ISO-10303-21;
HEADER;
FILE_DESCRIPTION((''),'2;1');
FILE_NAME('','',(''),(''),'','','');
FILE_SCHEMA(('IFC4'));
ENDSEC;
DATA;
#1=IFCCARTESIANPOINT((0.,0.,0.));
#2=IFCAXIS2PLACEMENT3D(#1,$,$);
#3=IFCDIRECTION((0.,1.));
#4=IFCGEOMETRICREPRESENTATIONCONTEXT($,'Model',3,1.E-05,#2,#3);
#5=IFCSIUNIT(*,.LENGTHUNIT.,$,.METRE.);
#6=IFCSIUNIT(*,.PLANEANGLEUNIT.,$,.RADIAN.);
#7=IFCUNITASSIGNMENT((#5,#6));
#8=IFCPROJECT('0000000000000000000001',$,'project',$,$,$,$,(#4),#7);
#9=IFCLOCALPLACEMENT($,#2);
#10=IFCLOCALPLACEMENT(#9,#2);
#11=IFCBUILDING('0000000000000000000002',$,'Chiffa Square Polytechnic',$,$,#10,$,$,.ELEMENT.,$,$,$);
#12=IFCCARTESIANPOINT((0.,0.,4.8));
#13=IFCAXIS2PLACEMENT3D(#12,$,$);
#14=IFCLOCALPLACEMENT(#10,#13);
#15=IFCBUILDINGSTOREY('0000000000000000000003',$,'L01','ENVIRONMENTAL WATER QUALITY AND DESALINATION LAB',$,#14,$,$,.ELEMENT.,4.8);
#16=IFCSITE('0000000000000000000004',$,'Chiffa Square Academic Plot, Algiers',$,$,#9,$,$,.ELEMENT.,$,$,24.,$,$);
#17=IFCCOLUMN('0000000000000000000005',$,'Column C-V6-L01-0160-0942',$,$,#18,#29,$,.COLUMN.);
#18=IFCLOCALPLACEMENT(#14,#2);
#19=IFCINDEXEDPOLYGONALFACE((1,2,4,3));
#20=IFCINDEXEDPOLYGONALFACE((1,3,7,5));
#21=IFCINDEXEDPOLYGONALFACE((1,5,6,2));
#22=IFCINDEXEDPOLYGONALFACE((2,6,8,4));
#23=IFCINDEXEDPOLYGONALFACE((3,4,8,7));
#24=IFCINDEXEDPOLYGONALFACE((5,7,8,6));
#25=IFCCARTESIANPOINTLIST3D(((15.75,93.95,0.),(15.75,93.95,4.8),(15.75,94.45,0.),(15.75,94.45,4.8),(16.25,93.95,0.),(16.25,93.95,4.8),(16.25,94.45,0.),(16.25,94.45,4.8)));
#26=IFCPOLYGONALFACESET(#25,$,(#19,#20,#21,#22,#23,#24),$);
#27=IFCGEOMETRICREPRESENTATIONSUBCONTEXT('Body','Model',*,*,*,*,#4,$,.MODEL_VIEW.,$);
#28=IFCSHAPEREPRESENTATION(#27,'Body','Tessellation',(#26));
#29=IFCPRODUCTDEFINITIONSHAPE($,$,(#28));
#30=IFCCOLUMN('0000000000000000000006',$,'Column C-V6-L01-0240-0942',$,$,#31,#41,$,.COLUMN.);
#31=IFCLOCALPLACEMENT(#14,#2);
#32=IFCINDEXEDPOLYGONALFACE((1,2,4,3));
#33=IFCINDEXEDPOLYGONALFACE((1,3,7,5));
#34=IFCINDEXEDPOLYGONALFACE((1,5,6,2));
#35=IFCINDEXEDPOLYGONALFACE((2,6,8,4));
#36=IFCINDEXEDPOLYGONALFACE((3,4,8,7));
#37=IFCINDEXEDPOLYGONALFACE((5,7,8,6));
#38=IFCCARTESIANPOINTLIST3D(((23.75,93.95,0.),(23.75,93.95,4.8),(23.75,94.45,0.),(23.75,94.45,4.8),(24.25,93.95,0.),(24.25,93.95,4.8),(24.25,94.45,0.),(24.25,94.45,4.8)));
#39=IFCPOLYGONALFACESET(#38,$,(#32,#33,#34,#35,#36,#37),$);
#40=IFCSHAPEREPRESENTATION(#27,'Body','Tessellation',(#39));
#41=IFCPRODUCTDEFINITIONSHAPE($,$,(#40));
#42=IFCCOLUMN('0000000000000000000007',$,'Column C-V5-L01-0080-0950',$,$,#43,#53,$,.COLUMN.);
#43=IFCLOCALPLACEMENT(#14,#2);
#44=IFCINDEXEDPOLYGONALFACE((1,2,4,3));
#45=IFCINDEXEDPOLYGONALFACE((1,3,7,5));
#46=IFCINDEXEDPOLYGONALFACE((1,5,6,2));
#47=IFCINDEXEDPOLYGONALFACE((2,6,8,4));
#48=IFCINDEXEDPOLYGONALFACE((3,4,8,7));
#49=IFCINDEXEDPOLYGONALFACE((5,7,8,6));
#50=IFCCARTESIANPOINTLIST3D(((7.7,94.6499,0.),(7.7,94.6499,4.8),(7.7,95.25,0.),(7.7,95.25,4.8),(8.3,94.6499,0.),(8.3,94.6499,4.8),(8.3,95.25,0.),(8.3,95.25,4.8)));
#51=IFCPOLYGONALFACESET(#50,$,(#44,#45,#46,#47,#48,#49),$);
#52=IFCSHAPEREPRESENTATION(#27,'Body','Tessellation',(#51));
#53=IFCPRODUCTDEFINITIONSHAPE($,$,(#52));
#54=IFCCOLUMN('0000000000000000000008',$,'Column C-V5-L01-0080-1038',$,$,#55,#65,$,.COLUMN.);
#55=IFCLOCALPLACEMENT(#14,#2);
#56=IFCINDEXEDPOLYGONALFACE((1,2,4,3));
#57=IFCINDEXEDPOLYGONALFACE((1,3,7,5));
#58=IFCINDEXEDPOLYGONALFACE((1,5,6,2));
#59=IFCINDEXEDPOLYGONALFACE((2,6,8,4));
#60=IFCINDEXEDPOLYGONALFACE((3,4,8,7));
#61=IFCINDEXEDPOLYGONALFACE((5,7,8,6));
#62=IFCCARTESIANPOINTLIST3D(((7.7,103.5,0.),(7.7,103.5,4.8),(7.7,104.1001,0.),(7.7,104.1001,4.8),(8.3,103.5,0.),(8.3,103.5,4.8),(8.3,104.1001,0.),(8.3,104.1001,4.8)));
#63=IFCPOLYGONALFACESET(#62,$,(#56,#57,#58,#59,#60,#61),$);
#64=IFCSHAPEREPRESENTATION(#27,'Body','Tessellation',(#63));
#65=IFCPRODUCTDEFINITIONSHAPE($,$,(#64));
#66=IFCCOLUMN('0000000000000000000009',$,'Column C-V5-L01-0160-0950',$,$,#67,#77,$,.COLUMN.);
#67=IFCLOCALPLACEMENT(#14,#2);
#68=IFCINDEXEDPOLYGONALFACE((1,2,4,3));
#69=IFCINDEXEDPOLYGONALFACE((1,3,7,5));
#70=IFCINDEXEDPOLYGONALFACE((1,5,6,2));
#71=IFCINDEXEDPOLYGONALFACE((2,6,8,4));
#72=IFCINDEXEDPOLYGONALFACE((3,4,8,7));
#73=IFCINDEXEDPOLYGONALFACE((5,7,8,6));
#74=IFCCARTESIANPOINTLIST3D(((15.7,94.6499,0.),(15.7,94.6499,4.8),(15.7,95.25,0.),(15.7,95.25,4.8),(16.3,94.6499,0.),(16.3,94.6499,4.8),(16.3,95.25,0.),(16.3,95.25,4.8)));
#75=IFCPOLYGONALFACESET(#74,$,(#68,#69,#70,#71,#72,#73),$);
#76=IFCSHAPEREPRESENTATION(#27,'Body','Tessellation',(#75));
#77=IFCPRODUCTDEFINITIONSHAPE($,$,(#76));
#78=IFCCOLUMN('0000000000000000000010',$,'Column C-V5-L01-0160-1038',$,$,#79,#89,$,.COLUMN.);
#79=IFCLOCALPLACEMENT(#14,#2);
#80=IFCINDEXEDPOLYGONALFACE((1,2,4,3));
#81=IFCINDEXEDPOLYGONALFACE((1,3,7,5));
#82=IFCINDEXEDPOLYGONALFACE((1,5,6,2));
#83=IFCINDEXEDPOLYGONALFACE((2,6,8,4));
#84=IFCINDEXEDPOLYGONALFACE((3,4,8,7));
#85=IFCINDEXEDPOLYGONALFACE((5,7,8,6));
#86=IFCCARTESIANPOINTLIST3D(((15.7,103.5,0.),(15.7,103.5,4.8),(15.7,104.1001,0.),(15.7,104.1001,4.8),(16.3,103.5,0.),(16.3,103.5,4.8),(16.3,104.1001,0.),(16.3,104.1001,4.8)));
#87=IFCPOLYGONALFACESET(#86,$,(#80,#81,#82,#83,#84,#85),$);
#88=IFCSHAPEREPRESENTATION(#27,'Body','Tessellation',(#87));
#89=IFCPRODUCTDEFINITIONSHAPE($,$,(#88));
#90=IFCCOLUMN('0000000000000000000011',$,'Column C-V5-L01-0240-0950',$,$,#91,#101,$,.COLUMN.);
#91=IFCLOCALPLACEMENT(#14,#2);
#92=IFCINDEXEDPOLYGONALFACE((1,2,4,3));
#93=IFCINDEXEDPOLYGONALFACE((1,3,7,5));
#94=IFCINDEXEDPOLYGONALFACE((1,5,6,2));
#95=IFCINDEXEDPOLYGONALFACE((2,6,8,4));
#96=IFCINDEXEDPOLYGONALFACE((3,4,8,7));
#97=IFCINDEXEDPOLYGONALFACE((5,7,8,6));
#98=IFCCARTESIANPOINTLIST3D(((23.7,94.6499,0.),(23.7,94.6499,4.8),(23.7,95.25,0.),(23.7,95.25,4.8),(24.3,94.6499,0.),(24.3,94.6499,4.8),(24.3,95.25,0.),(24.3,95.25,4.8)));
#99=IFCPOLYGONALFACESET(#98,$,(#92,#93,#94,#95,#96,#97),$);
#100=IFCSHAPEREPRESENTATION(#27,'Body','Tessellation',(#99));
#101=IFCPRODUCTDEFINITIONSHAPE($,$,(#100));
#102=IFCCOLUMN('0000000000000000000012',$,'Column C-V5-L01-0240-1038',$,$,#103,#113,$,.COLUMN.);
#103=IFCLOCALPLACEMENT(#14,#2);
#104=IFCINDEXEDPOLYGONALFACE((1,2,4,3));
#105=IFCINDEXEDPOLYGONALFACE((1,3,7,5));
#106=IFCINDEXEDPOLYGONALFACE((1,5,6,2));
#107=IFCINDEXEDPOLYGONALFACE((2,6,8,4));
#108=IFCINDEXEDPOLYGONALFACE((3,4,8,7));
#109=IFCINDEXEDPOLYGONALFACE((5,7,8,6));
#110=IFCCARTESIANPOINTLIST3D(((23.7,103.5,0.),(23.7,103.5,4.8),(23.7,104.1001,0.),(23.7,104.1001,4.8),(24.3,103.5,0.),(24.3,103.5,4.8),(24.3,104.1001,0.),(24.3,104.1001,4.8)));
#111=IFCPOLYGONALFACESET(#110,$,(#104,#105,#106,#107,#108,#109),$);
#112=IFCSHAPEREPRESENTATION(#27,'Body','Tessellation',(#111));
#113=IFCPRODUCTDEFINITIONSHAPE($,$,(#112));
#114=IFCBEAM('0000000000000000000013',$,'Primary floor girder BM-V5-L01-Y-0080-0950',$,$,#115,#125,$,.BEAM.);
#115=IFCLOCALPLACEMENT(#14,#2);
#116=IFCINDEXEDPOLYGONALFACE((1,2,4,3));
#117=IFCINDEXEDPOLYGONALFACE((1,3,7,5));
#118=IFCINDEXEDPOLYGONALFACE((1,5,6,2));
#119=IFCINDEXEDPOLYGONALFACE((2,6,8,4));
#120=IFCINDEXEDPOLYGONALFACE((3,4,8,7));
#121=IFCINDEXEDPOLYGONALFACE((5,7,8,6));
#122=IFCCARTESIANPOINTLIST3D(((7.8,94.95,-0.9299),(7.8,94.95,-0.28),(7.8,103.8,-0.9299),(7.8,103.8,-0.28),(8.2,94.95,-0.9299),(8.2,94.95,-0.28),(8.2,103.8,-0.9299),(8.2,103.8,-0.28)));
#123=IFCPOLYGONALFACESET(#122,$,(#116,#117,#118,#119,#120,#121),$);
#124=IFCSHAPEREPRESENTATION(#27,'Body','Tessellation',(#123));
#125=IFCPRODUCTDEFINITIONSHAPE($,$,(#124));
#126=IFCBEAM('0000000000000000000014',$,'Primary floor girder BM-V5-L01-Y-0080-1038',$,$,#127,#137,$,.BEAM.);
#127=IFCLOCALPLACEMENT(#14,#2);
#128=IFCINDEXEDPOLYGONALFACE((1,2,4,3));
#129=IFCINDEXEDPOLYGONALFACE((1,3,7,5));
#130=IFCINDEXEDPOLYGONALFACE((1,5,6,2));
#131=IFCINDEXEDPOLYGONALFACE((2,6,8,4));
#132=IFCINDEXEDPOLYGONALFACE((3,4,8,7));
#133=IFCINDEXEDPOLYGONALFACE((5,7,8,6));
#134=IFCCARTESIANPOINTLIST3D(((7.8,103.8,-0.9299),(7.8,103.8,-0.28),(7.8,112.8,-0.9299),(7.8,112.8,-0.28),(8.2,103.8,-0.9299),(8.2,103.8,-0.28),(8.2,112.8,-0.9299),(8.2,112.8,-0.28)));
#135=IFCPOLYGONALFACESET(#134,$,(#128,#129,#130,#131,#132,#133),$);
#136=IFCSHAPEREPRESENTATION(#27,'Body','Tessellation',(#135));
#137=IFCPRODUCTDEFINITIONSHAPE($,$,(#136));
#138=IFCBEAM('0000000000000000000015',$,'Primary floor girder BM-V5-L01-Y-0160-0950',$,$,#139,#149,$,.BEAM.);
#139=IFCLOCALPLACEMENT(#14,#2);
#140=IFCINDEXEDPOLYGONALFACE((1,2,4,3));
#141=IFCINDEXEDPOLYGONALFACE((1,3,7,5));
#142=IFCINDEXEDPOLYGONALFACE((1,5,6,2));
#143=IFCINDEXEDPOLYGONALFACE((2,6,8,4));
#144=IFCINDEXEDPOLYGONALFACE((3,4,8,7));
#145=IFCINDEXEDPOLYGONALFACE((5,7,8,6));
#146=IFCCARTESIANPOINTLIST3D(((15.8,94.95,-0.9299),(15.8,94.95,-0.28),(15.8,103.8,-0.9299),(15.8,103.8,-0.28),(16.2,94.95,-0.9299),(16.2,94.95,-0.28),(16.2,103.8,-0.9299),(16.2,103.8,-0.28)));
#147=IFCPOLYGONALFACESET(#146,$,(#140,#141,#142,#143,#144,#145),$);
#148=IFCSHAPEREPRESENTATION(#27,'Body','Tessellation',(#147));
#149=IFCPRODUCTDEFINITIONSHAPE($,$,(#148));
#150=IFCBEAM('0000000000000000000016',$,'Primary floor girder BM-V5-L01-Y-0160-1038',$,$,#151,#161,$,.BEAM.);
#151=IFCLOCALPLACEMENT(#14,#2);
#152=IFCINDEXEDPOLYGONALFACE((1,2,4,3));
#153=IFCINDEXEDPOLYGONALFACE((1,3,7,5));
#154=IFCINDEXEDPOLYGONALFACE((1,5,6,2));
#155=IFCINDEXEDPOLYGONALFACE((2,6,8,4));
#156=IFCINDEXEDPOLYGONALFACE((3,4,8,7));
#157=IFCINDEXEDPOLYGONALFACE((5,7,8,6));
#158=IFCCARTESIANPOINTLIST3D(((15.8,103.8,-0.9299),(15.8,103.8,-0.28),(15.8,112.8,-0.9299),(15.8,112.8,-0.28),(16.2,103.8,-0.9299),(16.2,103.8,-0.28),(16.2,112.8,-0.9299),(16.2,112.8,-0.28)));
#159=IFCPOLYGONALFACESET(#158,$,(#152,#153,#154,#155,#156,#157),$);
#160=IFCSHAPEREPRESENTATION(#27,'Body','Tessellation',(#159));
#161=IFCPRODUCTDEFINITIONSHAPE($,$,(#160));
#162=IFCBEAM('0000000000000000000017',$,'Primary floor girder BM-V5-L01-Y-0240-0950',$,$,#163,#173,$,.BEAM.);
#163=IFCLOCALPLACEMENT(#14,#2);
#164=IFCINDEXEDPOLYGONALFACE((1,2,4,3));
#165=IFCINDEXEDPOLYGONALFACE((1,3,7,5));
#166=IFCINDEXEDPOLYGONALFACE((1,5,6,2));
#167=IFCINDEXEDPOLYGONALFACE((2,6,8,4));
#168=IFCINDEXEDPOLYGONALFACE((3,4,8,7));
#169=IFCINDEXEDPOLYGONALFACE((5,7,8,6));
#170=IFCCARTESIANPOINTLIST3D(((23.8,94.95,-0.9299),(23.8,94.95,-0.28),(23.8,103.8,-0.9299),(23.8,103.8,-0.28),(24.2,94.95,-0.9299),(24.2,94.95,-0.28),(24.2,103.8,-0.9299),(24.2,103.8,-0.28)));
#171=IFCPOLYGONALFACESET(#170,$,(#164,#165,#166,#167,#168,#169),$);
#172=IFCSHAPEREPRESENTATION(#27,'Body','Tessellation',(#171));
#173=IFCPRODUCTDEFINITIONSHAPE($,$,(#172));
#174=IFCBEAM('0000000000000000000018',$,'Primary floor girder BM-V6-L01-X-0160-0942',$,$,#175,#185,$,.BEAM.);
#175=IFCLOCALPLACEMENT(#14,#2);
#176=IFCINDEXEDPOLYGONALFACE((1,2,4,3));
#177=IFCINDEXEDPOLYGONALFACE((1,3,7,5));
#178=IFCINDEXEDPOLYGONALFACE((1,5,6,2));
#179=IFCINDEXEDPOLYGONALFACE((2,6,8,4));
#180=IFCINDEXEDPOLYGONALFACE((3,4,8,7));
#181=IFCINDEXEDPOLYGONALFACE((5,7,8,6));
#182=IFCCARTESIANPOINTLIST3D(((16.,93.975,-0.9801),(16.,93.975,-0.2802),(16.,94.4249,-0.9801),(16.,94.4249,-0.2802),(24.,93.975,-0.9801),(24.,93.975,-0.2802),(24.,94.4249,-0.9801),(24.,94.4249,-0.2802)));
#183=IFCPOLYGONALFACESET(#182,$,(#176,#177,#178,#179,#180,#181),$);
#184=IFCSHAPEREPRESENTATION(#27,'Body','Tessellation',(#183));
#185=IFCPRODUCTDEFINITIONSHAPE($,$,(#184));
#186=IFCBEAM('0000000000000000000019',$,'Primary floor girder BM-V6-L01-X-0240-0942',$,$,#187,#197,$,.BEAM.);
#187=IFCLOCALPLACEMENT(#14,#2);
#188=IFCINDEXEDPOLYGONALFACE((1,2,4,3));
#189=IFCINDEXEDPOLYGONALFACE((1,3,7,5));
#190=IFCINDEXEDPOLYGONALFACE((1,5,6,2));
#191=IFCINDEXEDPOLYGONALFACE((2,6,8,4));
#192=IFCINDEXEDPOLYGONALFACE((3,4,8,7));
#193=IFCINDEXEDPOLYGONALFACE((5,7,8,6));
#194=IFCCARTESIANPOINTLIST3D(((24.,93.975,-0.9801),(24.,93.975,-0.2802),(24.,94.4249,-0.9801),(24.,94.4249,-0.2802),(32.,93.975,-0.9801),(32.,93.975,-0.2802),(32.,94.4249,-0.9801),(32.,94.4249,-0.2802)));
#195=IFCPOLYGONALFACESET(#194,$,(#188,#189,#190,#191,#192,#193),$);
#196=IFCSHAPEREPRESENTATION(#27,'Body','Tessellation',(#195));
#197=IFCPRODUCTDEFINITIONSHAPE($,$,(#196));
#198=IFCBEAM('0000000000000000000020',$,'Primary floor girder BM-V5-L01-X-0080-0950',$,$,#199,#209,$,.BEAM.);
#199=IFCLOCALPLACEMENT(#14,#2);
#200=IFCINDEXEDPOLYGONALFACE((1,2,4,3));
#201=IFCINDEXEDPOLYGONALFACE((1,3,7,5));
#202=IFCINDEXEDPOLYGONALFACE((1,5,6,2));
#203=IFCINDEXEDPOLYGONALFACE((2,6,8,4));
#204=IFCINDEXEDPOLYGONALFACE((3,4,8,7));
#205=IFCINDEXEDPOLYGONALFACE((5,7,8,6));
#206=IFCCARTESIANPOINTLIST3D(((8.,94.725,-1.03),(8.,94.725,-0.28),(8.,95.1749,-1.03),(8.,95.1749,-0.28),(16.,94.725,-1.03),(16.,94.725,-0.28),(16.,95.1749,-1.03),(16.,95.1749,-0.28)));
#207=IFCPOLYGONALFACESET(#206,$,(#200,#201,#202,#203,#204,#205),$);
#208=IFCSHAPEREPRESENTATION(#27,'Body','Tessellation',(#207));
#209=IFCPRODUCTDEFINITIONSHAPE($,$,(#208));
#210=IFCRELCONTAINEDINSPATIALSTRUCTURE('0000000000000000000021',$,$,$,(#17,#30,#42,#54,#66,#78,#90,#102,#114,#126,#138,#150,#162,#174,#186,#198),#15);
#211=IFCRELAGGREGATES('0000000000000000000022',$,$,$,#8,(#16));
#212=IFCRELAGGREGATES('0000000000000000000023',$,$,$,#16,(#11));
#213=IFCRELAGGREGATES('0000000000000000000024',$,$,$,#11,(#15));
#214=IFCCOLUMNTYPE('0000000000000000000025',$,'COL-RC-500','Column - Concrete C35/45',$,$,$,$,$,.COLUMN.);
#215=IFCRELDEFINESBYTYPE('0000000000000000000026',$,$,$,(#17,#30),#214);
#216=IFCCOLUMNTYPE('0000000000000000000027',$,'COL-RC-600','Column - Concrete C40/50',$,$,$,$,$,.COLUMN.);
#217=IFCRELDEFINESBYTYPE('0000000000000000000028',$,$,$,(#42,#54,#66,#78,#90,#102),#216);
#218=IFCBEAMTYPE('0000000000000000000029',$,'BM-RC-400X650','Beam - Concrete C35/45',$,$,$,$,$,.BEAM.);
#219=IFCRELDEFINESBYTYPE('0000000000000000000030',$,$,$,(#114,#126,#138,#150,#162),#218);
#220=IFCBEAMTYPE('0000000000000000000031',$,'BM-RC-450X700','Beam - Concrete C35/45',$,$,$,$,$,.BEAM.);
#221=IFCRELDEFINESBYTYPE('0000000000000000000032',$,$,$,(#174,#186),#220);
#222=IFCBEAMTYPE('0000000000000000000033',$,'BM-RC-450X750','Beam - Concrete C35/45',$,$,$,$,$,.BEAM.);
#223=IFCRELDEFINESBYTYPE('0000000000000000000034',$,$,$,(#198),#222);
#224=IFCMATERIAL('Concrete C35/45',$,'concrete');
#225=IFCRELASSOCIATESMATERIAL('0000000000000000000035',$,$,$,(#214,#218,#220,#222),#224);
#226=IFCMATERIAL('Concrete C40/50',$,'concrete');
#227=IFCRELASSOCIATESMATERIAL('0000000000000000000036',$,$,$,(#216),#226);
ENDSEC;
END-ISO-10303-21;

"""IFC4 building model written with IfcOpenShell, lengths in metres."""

from ifc_helpers import new_model, si_unit, direction, frame, origin, origin_2d, place, context, subcontext, project, spatial, rectangle, extrude, material, material_profile, profile_set, type_object, element, save


model = new_model("IFC4")

# Units and contexts
model_context = context("Model", 3, precision=1e-05, world=origin(), true_north=direction((0.0, 1.0)))
body_context = subcontext(model_context, "Body", "Model", "MODEL_VIEW")
ifc_project = project(units=[si_unit("LENGTHUNIT", "METRE"), si_unit("PLANEANGLEUNIT", "RADIAN")], contexts=[model_context])

# Site, building, storey
site_placement = place(None, origin())
site = spatial("IfcSite", under=ifc_project, at=site_placement, Name="Chiffa Square Academic Plot, Algiers", CompositionType="ELEMENT", RefElevation=24.0)
building_placement = place(site_placement, origin())
building = spatial("IfcBuilding", under=site, at=building_placement, Name="Chiffa Square Polytechnic", CompositionType="ELEMENT")
storey_placement = place(building_placement, frame((0.0, 0.0, 4.8)))
storey = spatial("IfcBuildingStorey", under=building, at=storey_placement, Name="L01", Description="ENVIRONMENTAL WATER QUALITY AND DESALINATION LAB", CompositionType="ELEMENT", Elevation=4.8)

# Columns
ifc_material_1 = material(Name="Concrete C35/45", Category="concrete")
ifc_material_profile_1 = material_profile(ifc_material_1, rectangle(XDim=0.5, YDim=0.5, at=origin_2d()), Name="RC 500x500")
ifc_profile_set_1 = profile_set([ifc_material_profile_1], Name="Concrete C35/45")
column_type_1 = type_object("IfcColumnType", Name="COL-RC-500", Description="Column - Concrete C35/45", PredefinedType="COLUMN", material=ifc_profile_set_1)
for number, where, z_axis, x_axis, name in (
    (1, (16.0, 94.2, 0.0), (0.0, 0.0, 1.0), (1.0, 0.0, 0.0), "Column C-V6-L01-0160-0942"),
    (2, (24.0, 94.2, 0.0), (0.0, 0.0, 1.0), (1.0, 0.0, 0.0), "Column C-V6-L01-0240-0942"),
):
    element("IfcColumn", number, at=place(storey_placement, frame(where, z_axis=z_axis, x_axis=x_axis)), inside=storey, type_object=column_type_1, Name=name, PredefinedType="COLUMN", context=body_context, shape_type="SweptSolid", body=[
        extrude(rectangle(XDim=0.5, YDim=0.5, at=origin_2d()), origin(), (0.0, 0.0, 1.0), 4.8),
    ])
ifc_material_2 = material(Name="Concrete C40/50", Category="concrete")
ifc_material_profile_2 = material_profile(ifc_material_2, rectangle(XDim=0.6001, YDim=0.6001, at=origin_2d()), Name="RC 600x600")
ifc_profile_set_2 = profile_set([ifc_material_profile_2], Name="Concrete C40/50")
column_type_2 = type_object("IfcColumnType", Name="COL-RC-600", Description="Column - Concrete C40/50", PredefinedType="COLUMN", material=ifc_profile_set_2)
for number, where, z_axis, x_axis, name in (
    (3, (8.0, 94.95, 0.0), (0.0, 0.0, 1.0), (1.0, 0.0, 0.0), "Column C-V5-L01-0080-0950"),
    (4, (8.0, 103.8, 0.0), (0.0, 0.0, 1.0), (1.0, 0.0, 0.0), "Column C-V5-L01-0080-1038"),
    (5, (16.0, 94.95, 0.0), (0.0, 0.0, 1.0), (1.0, 0.0, 0.0), "Column C-V5-L01-0160-0950"),
    (6, (16.0, 103.8, 0.0), (0.0, 0.0, 1.0), (1.0, 0.0, 0.0), "Column C-V5-L01-0160-1038"),
    (7, (24.0, 94.95, 0.0), (0.0, 0.0, 1.0), (1.0, 0.0, 0.0), "Column C-V5-L01-0240-0950"),
    (8, (24.0, 103.8, 0.0), (0.0, 0.0, 1.0), (1.0, 0.0, 0.0), "Column C-V5-L01-0240-1038"),
):
    element("IfcColumn", number, at=place(storey_placement, frame(where, z_axis=z_axis, x_axis=x_axis)), inside=storey, type_object=column_type_2, Name=name, PredefinedType="COLUMN", context=body_context, shape_type="SweptSolid", body=[
        extrude(rectangle(XDim=0.6001, YDim=0.6001, at=origin_2d()), origin(), (0.0, 0.0, 1.0), 4.8),
    ])

# Beams
ifc_material_profile_3 = material_profile(ifc_material_1, rectangle(XDim=0.3999, YDim=0.6499, at=origin_2d()), Name="RC 400x650")
ifc_profile_set_3 = profile_set([ifc_material_profile_3], Name="Concrete C35/45")
beam_type_1 = type_object("IfcBeamType", Name="BM-RC-400X650", Description="Beam - Concrete C35/45", PredefinedType="BEAM", material=ifc_profile_set_3)
beam_1_placement = place(storey_placement, frame((8.0, 94.95, -0.605), z_axis=(0.0, 1.0, 0.0), x_axis=(-1.0, 0.0, 0.0)))
element("IfcBeam", 9, at=beam_1_placement, inside=storey, type_object=beam_type_1, Name="Primary floor girder BM-V5-L01-Y-0080-0950", PredefinedType="BEAM", context=body_context, shape_type="SweptSolid", body=[
    extrude(rectangle(XDim=0.3999, YDim=0.6499, at=origin_2d()), origin(), (0.0, 0.0, 1.0), 8.8501),
])
beam_2_placement = place(storey_placement, frame((8.0, 103.8, -0.605), z_axis=(0.0, 1.0, 0.0), x_axis=(-1.0, 0.0, 0.0)))
element("IfcBeam", 10, at=beam_2_placement, inside=storey, type_object=beam_type_1, Name="Primary floor girder BM-V5-L01-Y-0080-1038", PredefinedType="BEAM", context=body_context, shape_type="SweptSolid", body=[
    extrude(rectangle(XDim=0.3999, YDim=0.6499, at=origin_2d()), origin(), (0.0, 0.0, 1.0), 9.0),
])
beam_3_placement = place(storey_placement, frame((16.0, 94.95, -0.605), z_axis=(0.0, 1.0, 0.0), x_axis=(-1.0, 0.0, 0.0)))
element("IfcBeam", 11, at=beam_3_placement, inside=storey, type_object=beam_type_1, Name="Primary floor girder BM-V5-L01-Y-0160-0950", PredefinedType="BEAM", context=body_context, shape_type="SweptSolid", body=[
    extrude(rectangle(XDim=0.3999, YDim=0.6499, at=origin_2d()), origin(), (0.0, 0.0, 1.0), 8.8501),
])
beam_4_placement = place(storey_placement, frame((16.0, 103.8, -0.605), z_axis=(0.0, 1.0, 0.0), x_axis=(-1.0, 0.0, 0.0)))
element("IfcBeam", 12, at=beam_4_placement, inside=storey, type_object=beam_type_1, Name="Primary floor girder BM-V5-L01-Y-0160-1038", PredefinedType="BEAM", context=body_context, shape_type="SweptSolid", body=[
    extrude(rectangle(XDim=0.3999, YDim=0.6499, at=origin_2d()), origin(), (0.0, 0.0, 1.0), 9.0),
])
beam_5_placement = place(storey_placement, frame((24.0, 94.95, -0.605), z_axis=(0.0, 1.0, 0.0), x_axis=(-1.0, 0.0, 0.0)))
element("IfcBeam", 13, at=beam_5_placement, inside=storey, type_object=beam_type_1, Name="Primary floor girder BM-V5-L01-Y-0240-0950", PredefinedType="BEAM", context=body_context, shape_type="SweptSolid", body=[
    extrude(rectangle(XDim=0.3999, YDim=0.6499, at=origin_2d()), origin(), (0.0, 0.0, 1.0), 8.8501),
])
ifc_material_profile_4 = material_profile(ifc_material_1, rectangle(XDim=0.45, YDim=0.7, at=origin_2d()), Name="RC 450x700")
ifc_profile_set_4 = profile_set([ifc_material_profile_4], Name="Concrete C35/45")
beam_type_2 = type_object("IfcBeamType", Name="BM-RC-450X700", Description="Beam - Concrete C35/45", PredefinedType="BEAM", material=ifc_profile_set_4)
for number, where, z_axis, x_axis, name in (
    (14, (16.0, 94.2, -0.6301), (1.0, 0.0, 0.0), (0.0, 1.0, 0.0), "Primary floor girder BM-V6-L01-X-0160-0942"),
    (15, (24.0, 94.2, -0.6301), (1.0, 0.0, 0.0), (0.0, 1.0, 0.0), "Primary floor girder BM-V6-L01-X-0240-0942"),
):
    element("IfcBeam", number, at=place(storey_placement, frame(where, z_axis=z_axis, x_axis=x_axis)), inside=storey, type_object=beam_type_2, Name=name, PredefinedType="BEAM", context=body_context, shape_type="SweptSolid", body=[
        extrude(rectangle(XDim=0.45, YDim=0.7, at=origin_2d()), origin(), (0.0, 0.0, 1.0), 8.0),
    ])
ifc_material_profile_5 = material_profile(ifc_material_1, rectangle(XDim=0.45, YDim=0.75, at=origin_2d()), Name="RC 450x750")
ifc_profile_set_5 = profile_set([ifc_material_profile_5], Name="Concrete C35/45")
beam_type_3 = type_object("IfcBeamType", Name="BM-RC-450X750", Description="Beam - Concrete C35/45", PredefinedType="BEAM", material=ifc_profile_set_5)
for number, where, z_axis, x_axis, name in (
    (16, (8.0, 94.95, -0.655), (1.0, 0.0, 0.0), (0.0, 1.0, 0.0), "Primary floor girder BM-V5-L01-X-0080-0950"),
):
    element("IfcBeam", number, at=place(storey_placement, frame(where, z_axis=z_axis, x_axis=x_axis)), inside=storey, type_object=beam_type_3, Name=name, PredefinedType="BEAM", context=body_context, shape_type="SweptSolid", body=[
        extrude(rectangle(XDim=0.45, YDim=0.75, at=origin_2d()), origin(), (0.0, 0.0, 1.0), 8.0),
    ])

save(model, "model.ifc")
